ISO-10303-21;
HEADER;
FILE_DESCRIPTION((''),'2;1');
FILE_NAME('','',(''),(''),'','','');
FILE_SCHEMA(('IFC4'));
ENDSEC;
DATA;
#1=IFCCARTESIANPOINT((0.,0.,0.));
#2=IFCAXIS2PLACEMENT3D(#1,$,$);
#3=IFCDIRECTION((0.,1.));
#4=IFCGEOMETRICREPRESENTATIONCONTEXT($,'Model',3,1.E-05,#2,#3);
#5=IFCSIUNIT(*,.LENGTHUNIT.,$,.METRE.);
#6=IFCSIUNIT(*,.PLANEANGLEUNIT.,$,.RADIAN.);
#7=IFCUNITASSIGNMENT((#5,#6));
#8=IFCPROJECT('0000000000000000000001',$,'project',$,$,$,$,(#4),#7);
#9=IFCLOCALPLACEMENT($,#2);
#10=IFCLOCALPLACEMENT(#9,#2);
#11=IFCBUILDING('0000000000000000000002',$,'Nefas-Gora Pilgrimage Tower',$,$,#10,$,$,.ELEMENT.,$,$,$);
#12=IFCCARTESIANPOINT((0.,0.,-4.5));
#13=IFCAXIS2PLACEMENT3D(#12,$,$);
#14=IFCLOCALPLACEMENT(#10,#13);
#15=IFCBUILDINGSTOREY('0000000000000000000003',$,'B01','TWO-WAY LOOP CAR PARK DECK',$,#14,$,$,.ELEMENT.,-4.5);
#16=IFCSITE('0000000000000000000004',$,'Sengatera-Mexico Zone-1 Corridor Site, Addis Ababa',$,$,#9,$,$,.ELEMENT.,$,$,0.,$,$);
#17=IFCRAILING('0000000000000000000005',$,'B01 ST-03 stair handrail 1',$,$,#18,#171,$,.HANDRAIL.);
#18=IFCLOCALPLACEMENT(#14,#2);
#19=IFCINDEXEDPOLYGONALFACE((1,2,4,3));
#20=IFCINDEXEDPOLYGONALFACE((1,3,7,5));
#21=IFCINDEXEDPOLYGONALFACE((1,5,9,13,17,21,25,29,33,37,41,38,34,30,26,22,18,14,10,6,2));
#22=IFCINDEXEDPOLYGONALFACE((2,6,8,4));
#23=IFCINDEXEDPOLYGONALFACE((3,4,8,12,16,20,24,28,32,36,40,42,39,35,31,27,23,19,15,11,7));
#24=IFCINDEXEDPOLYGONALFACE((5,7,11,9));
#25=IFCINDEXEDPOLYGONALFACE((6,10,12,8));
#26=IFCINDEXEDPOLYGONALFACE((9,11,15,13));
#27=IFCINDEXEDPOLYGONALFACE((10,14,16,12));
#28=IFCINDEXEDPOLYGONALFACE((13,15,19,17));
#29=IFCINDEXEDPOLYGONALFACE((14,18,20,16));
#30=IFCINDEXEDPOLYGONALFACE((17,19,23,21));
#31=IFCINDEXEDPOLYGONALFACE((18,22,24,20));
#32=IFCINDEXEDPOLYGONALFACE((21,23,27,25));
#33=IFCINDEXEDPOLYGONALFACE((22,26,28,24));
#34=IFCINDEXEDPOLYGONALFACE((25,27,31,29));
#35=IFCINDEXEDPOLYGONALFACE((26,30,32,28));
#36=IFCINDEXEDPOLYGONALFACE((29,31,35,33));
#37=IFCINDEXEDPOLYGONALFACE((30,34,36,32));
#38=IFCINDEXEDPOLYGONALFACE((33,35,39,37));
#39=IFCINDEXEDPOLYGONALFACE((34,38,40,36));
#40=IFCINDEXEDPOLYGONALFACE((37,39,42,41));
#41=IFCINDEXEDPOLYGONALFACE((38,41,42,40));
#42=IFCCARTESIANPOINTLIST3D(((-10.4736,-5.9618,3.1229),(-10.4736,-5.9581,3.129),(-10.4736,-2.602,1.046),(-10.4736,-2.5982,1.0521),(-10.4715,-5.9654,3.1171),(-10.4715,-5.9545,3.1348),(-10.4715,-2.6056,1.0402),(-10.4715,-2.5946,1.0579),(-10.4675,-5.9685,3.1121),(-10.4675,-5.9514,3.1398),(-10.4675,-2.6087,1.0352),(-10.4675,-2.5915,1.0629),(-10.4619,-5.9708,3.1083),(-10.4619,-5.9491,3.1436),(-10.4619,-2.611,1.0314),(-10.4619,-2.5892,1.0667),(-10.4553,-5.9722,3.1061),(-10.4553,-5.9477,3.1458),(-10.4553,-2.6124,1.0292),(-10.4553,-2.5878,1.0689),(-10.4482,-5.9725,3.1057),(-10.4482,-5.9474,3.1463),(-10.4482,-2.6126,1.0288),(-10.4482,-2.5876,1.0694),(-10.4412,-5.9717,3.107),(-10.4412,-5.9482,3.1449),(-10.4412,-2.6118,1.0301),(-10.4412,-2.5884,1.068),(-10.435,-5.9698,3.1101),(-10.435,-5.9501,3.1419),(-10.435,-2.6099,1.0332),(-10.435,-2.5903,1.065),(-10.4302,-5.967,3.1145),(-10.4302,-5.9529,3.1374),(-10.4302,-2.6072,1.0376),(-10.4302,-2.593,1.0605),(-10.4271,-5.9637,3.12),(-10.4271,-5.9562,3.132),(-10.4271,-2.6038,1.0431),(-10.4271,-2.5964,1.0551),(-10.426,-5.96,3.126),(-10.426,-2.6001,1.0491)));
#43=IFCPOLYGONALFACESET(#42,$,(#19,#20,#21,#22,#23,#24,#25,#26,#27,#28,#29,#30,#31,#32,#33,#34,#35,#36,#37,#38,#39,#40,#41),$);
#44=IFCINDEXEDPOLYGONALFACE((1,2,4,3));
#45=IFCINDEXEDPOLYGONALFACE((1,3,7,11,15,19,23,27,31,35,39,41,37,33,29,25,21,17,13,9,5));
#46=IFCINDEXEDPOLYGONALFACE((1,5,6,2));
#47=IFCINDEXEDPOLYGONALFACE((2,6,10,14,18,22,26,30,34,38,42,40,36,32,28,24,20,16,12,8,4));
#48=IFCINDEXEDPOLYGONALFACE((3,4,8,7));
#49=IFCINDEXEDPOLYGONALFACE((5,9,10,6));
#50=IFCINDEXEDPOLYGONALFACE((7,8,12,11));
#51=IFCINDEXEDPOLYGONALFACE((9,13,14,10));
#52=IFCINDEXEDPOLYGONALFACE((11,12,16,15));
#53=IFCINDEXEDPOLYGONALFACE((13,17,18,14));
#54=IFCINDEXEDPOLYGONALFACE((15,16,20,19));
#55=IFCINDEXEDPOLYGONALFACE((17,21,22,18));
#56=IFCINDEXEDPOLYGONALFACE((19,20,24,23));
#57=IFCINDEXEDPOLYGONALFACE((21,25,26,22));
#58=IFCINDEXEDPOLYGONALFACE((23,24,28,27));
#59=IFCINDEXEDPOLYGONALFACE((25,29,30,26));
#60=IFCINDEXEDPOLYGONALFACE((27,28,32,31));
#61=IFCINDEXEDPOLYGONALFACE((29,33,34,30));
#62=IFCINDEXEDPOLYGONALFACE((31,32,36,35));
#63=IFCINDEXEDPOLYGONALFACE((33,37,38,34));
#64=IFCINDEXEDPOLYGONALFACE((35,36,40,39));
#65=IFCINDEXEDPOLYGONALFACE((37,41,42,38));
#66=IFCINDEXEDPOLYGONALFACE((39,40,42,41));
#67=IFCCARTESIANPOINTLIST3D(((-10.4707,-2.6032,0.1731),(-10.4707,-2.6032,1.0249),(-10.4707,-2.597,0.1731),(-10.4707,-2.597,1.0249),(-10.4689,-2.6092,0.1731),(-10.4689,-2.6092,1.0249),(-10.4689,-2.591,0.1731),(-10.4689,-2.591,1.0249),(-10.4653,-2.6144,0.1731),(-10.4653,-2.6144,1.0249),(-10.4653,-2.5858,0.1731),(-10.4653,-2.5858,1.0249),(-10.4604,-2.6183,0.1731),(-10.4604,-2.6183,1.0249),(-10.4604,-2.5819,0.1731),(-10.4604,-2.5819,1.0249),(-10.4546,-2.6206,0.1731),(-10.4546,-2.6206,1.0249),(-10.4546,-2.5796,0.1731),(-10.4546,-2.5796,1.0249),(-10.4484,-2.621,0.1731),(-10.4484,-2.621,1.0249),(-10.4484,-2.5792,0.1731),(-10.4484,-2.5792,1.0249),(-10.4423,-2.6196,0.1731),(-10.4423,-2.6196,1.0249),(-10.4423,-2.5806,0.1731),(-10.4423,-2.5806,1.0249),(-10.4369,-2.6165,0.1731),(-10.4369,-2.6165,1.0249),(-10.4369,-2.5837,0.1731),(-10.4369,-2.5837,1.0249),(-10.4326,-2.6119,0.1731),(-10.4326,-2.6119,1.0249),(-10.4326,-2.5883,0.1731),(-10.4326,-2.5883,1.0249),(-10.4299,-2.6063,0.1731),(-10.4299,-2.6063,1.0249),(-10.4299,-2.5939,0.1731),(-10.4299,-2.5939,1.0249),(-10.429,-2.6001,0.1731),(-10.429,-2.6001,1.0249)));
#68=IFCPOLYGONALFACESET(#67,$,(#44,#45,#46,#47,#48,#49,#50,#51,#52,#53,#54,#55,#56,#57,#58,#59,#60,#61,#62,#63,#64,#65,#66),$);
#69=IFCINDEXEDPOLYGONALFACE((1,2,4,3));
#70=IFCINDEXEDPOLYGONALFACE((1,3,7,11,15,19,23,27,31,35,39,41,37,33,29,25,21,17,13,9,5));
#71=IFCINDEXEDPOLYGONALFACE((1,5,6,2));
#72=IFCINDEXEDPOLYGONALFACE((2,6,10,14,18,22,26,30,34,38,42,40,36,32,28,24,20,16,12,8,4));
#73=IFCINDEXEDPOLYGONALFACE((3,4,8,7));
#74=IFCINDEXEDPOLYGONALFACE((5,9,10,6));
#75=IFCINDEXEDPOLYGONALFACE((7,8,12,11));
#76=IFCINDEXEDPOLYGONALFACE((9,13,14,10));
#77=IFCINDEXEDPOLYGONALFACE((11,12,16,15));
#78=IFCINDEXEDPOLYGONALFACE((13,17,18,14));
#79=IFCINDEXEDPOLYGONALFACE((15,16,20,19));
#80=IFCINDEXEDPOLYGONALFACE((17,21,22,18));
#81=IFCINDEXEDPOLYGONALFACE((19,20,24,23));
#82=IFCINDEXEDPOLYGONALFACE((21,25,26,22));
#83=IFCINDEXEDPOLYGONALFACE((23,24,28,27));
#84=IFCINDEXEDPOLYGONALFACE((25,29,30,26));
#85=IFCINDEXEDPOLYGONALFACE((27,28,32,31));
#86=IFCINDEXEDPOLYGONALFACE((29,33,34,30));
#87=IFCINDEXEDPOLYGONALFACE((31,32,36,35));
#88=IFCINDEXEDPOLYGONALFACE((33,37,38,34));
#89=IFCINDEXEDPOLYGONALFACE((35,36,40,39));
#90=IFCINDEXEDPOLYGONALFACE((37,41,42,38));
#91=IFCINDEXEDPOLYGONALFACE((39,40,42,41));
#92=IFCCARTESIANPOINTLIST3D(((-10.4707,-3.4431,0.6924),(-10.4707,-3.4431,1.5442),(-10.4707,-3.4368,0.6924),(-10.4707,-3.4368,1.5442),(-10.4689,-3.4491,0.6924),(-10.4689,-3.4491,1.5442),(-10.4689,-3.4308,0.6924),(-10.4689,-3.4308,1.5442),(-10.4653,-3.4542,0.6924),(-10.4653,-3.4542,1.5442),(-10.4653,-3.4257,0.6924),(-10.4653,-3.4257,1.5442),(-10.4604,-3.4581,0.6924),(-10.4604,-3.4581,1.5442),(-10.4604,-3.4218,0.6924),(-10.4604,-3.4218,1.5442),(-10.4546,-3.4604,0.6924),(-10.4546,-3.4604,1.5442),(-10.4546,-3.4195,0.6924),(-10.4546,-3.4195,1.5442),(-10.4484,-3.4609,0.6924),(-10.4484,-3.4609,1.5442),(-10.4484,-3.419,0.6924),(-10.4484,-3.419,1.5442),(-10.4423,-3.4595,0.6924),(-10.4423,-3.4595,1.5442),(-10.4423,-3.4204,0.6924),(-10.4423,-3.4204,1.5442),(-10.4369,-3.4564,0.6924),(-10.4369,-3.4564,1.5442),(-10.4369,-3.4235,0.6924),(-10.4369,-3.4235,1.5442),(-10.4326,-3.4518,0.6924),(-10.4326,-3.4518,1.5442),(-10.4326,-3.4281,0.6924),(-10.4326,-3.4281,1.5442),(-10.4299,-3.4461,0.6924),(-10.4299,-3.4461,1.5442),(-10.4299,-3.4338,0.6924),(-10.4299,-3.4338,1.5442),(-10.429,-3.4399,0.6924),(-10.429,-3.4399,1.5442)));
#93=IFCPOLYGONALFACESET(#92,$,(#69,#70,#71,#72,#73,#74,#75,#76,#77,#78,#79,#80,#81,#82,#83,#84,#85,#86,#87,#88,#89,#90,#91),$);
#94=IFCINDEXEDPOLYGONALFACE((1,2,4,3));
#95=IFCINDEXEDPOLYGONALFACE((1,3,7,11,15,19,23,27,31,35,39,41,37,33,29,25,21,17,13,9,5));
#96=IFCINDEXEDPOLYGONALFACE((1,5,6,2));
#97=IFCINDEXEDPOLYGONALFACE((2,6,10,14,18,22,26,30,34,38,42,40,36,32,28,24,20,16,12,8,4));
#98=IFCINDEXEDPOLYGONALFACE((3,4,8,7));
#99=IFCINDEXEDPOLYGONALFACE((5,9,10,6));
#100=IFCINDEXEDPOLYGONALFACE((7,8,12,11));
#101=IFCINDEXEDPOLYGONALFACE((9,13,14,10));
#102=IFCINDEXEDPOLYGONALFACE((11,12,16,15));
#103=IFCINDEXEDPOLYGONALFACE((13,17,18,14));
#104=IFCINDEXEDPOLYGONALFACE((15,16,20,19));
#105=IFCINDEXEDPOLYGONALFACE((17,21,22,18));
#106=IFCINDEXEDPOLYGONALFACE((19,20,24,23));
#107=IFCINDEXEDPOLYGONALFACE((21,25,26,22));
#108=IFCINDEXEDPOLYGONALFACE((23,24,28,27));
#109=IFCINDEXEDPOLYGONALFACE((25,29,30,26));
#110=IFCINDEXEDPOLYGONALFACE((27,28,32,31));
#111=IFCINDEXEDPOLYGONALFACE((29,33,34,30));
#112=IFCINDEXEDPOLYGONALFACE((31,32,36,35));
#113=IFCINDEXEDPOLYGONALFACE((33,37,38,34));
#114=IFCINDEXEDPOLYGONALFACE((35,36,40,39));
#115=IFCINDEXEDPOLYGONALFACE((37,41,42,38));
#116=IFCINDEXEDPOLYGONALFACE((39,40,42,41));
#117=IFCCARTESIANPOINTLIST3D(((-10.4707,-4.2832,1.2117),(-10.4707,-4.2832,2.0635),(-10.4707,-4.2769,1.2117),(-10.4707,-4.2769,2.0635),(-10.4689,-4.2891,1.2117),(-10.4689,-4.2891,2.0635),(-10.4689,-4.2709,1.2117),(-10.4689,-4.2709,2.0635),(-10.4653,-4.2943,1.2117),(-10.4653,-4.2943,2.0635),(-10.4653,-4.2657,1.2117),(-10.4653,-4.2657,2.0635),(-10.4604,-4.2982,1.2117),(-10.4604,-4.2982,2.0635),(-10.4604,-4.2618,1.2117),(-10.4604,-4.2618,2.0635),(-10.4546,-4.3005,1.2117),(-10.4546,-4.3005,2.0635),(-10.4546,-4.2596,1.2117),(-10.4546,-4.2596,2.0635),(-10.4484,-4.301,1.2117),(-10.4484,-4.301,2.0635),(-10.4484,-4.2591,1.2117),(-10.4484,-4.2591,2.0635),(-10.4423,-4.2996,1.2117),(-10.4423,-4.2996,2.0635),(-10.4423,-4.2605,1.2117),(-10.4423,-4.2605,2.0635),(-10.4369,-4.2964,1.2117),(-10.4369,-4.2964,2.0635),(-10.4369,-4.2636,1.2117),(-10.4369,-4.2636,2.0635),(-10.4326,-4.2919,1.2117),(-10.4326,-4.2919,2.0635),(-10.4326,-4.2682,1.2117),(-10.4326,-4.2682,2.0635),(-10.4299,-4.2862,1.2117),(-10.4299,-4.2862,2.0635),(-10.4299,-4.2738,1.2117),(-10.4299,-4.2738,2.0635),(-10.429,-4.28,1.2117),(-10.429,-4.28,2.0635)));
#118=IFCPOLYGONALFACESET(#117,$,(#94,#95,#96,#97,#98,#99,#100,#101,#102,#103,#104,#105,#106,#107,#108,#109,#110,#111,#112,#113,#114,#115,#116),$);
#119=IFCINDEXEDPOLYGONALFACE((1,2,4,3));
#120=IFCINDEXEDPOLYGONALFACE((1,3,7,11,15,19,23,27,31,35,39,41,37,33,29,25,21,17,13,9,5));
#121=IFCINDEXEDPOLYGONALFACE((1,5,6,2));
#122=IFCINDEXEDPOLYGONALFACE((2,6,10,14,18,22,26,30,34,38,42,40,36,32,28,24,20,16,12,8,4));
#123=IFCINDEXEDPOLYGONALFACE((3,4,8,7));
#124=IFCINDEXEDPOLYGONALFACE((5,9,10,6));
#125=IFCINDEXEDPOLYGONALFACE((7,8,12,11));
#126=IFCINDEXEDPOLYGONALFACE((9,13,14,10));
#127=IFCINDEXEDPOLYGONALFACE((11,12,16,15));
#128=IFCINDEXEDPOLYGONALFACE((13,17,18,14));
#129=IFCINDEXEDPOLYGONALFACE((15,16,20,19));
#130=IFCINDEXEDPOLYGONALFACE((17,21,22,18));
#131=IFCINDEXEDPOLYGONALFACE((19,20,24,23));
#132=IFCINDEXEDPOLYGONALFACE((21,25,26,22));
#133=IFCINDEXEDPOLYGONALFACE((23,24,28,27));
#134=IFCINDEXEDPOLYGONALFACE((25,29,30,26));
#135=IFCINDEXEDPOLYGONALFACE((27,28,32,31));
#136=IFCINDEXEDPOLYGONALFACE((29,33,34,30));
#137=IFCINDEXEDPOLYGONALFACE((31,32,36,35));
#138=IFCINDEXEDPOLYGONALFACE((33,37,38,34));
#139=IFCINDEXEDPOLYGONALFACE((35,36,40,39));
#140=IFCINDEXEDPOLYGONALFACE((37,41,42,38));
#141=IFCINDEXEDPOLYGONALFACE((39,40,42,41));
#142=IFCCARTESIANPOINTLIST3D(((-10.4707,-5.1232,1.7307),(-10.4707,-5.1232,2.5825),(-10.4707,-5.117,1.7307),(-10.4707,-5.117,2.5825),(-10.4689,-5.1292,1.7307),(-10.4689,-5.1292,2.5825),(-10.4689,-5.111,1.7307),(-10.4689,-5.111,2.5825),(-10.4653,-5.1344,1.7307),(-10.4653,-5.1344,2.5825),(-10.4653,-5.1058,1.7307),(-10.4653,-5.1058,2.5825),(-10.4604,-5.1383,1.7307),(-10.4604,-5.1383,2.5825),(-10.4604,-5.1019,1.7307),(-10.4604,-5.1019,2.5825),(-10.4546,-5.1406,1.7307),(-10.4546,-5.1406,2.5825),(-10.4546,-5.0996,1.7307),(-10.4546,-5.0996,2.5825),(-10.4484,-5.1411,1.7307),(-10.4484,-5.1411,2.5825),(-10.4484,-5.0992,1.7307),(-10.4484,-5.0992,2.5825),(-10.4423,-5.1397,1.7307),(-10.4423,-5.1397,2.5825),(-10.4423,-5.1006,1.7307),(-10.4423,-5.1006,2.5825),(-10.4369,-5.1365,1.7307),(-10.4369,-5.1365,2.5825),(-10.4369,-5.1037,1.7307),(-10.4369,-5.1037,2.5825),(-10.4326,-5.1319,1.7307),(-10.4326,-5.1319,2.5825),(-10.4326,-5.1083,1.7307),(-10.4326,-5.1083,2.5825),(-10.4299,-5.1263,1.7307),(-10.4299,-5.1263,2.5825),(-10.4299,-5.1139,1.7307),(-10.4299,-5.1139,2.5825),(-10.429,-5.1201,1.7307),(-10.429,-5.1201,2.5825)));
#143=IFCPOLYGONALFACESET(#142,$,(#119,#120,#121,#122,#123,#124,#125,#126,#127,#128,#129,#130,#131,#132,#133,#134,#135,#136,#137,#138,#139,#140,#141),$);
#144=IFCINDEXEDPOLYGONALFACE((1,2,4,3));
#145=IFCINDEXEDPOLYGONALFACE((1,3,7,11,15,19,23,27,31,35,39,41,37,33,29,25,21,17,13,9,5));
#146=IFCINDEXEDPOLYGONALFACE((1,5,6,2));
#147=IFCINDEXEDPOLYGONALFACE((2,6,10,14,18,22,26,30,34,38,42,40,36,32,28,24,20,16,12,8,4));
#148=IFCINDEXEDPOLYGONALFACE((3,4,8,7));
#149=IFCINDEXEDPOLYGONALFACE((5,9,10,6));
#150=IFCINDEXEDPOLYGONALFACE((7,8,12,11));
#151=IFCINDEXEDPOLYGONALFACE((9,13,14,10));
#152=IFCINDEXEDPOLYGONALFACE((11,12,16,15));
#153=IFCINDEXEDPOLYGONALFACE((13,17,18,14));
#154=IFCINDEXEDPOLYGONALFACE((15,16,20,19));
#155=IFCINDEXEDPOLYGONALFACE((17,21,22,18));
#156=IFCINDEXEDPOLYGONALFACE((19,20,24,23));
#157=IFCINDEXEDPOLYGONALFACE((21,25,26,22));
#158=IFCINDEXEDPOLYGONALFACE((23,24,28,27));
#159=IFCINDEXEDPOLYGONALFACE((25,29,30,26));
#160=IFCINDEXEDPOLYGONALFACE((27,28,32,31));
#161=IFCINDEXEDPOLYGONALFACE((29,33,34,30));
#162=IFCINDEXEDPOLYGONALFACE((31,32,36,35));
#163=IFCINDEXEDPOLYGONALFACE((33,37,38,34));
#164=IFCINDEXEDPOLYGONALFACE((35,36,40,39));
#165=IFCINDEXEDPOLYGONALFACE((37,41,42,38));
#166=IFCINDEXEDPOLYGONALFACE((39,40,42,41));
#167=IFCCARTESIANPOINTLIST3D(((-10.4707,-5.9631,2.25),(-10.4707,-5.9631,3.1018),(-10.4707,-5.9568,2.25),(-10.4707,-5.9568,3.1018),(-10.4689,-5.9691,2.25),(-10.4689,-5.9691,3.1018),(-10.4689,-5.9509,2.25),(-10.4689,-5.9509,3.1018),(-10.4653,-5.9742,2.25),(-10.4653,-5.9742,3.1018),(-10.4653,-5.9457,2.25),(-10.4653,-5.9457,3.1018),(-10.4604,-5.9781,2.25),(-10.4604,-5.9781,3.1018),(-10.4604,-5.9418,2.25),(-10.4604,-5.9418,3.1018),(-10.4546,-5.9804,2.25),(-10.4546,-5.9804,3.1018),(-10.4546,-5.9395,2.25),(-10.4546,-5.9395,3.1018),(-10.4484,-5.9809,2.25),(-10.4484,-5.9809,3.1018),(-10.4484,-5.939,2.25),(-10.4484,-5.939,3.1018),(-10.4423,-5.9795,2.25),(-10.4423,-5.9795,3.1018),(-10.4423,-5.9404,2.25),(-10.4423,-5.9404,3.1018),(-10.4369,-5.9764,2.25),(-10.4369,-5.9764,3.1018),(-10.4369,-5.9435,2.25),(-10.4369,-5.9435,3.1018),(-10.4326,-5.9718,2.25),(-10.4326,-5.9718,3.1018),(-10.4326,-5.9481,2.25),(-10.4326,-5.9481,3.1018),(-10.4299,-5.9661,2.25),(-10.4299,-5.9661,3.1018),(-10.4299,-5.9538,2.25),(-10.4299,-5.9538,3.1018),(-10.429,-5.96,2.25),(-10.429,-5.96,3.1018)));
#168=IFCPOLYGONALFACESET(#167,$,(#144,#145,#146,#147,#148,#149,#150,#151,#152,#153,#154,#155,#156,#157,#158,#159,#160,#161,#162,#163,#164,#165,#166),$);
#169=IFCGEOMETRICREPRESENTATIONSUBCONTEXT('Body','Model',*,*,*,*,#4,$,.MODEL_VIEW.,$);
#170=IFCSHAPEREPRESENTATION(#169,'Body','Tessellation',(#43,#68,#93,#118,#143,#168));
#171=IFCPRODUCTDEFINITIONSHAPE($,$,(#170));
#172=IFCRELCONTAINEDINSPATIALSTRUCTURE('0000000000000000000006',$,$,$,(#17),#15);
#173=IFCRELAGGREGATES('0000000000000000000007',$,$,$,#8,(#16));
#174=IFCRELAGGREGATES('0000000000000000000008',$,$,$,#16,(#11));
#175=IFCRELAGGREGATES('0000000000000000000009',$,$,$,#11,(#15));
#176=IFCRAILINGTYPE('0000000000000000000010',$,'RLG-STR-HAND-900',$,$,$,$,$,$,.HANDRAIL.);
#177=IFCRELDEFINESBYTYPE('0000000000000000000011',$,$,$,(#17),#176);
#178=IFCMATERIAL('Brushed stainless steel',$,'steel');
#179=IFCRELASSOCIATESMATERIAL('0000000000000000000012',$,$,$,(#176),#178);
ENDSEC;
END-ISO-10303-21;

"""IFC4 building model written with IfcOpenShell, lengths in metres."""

from ifc_helpers import new_model, si_unit, direction, frame, origin, origin_2d, place, context, subcontext, project, spatial, circle, extrude, material, type_object, element, save


model = new_model("IFC4")

# Units and contexts
model_context = context("Model", 3, precision=1e-05, world=origin(), true_north=direction((0.0, 1.0)))
body_context = subcontext(model_context, "Body", "Model", "MODEL_VIEW")
ifc_project = project(units=[si_unit("LENGTHUNIT", "METRE"), si_unit("PLANEANGLEUNIT", "RADIAN")], contexts=[model_context])

# Site, building, storey
site_placement = place(None, origin())
site = spatial("IfcSite", under=ifc_project, at=site_placement, Name="Sengatera-Mexico Zone-1 Corridor Site, Addis Ababa", CompositionType="ELEMENT", RefElevation=0.0)
building_placement = place(site_placement, origin())
building = spatial("IfcBuilding", under=site, at=building_placement, Name="Nefas-Gora Pilgrimage Tower", CompositionType="ELEMENT")
storey_placement = place(building_placement, frame((0.0, 0.0, -4.5)))
storey = spatial("IfcBuildingStorey", under=building, at=storey_placement, Name="B01", Description="TWO-WAY LOOP CAR PARK DECK", CompositionType="ELEMENT", Elevation=-4.5)

# Railing
ifc_material_1 = material(Name="Brushed stainless steel", Category="steel")
railing_type_1 = type_object("IfcRailingType", Name="RLG-STR-HAND-900", PredefinedType="HANDRAIL", material=ifc_material_1)
railing_1_placement = place(storey_placement, frame((-10.45, -2.6001, 0.1731)))
element("IfcRailing", 1, at=railing_1_placement, inside=storey, type_object=railing_type_1, Name="B01 ST-03 stair handrail 1", PredefinedType="HANDRAIL", context=body_context, shape_type="SweptSolid", body=[
    extrude(circle(Radius=0.0239, at=origin_2d()), frame((0.0, 0.0, 0.876), z_axis=(0.0, -0.850606, 0.525803), x_axis=(1.0, 0.0, 0.0)), (0.0, 0.0, 1.0), 3.95),
    extrude(circle(Radius=0.021, at=origin_2d()), origin(), (0.0, 0.0, 1.0), 0.8518),
    extrude(circle(Radius=0.021, at=origin_2d()), frame((0.0, -0.8398, 0.5193)), (0.0, 0.0, 1.0), 0.8518),
    extrude(circle(Radius=0.021, at=origin_2d()), frame((0.0, -1.6799, 1.0386)), (0.0, 0.0, 1.0), 0.8518),
    extrude(circle(Radius=0.021, at=origin_2d()), frame((0.0, -2.52, 1.5576)), (0.0, 0.0, 1.0), 0.8518),
    extrude(circle(Radius=0.021, at=origin_2d()), frame((0.0, -3.3599, 2.0769)), (0.0, 0.0, 1.0), 0.8518),
])

save(model, "model.ifc")
